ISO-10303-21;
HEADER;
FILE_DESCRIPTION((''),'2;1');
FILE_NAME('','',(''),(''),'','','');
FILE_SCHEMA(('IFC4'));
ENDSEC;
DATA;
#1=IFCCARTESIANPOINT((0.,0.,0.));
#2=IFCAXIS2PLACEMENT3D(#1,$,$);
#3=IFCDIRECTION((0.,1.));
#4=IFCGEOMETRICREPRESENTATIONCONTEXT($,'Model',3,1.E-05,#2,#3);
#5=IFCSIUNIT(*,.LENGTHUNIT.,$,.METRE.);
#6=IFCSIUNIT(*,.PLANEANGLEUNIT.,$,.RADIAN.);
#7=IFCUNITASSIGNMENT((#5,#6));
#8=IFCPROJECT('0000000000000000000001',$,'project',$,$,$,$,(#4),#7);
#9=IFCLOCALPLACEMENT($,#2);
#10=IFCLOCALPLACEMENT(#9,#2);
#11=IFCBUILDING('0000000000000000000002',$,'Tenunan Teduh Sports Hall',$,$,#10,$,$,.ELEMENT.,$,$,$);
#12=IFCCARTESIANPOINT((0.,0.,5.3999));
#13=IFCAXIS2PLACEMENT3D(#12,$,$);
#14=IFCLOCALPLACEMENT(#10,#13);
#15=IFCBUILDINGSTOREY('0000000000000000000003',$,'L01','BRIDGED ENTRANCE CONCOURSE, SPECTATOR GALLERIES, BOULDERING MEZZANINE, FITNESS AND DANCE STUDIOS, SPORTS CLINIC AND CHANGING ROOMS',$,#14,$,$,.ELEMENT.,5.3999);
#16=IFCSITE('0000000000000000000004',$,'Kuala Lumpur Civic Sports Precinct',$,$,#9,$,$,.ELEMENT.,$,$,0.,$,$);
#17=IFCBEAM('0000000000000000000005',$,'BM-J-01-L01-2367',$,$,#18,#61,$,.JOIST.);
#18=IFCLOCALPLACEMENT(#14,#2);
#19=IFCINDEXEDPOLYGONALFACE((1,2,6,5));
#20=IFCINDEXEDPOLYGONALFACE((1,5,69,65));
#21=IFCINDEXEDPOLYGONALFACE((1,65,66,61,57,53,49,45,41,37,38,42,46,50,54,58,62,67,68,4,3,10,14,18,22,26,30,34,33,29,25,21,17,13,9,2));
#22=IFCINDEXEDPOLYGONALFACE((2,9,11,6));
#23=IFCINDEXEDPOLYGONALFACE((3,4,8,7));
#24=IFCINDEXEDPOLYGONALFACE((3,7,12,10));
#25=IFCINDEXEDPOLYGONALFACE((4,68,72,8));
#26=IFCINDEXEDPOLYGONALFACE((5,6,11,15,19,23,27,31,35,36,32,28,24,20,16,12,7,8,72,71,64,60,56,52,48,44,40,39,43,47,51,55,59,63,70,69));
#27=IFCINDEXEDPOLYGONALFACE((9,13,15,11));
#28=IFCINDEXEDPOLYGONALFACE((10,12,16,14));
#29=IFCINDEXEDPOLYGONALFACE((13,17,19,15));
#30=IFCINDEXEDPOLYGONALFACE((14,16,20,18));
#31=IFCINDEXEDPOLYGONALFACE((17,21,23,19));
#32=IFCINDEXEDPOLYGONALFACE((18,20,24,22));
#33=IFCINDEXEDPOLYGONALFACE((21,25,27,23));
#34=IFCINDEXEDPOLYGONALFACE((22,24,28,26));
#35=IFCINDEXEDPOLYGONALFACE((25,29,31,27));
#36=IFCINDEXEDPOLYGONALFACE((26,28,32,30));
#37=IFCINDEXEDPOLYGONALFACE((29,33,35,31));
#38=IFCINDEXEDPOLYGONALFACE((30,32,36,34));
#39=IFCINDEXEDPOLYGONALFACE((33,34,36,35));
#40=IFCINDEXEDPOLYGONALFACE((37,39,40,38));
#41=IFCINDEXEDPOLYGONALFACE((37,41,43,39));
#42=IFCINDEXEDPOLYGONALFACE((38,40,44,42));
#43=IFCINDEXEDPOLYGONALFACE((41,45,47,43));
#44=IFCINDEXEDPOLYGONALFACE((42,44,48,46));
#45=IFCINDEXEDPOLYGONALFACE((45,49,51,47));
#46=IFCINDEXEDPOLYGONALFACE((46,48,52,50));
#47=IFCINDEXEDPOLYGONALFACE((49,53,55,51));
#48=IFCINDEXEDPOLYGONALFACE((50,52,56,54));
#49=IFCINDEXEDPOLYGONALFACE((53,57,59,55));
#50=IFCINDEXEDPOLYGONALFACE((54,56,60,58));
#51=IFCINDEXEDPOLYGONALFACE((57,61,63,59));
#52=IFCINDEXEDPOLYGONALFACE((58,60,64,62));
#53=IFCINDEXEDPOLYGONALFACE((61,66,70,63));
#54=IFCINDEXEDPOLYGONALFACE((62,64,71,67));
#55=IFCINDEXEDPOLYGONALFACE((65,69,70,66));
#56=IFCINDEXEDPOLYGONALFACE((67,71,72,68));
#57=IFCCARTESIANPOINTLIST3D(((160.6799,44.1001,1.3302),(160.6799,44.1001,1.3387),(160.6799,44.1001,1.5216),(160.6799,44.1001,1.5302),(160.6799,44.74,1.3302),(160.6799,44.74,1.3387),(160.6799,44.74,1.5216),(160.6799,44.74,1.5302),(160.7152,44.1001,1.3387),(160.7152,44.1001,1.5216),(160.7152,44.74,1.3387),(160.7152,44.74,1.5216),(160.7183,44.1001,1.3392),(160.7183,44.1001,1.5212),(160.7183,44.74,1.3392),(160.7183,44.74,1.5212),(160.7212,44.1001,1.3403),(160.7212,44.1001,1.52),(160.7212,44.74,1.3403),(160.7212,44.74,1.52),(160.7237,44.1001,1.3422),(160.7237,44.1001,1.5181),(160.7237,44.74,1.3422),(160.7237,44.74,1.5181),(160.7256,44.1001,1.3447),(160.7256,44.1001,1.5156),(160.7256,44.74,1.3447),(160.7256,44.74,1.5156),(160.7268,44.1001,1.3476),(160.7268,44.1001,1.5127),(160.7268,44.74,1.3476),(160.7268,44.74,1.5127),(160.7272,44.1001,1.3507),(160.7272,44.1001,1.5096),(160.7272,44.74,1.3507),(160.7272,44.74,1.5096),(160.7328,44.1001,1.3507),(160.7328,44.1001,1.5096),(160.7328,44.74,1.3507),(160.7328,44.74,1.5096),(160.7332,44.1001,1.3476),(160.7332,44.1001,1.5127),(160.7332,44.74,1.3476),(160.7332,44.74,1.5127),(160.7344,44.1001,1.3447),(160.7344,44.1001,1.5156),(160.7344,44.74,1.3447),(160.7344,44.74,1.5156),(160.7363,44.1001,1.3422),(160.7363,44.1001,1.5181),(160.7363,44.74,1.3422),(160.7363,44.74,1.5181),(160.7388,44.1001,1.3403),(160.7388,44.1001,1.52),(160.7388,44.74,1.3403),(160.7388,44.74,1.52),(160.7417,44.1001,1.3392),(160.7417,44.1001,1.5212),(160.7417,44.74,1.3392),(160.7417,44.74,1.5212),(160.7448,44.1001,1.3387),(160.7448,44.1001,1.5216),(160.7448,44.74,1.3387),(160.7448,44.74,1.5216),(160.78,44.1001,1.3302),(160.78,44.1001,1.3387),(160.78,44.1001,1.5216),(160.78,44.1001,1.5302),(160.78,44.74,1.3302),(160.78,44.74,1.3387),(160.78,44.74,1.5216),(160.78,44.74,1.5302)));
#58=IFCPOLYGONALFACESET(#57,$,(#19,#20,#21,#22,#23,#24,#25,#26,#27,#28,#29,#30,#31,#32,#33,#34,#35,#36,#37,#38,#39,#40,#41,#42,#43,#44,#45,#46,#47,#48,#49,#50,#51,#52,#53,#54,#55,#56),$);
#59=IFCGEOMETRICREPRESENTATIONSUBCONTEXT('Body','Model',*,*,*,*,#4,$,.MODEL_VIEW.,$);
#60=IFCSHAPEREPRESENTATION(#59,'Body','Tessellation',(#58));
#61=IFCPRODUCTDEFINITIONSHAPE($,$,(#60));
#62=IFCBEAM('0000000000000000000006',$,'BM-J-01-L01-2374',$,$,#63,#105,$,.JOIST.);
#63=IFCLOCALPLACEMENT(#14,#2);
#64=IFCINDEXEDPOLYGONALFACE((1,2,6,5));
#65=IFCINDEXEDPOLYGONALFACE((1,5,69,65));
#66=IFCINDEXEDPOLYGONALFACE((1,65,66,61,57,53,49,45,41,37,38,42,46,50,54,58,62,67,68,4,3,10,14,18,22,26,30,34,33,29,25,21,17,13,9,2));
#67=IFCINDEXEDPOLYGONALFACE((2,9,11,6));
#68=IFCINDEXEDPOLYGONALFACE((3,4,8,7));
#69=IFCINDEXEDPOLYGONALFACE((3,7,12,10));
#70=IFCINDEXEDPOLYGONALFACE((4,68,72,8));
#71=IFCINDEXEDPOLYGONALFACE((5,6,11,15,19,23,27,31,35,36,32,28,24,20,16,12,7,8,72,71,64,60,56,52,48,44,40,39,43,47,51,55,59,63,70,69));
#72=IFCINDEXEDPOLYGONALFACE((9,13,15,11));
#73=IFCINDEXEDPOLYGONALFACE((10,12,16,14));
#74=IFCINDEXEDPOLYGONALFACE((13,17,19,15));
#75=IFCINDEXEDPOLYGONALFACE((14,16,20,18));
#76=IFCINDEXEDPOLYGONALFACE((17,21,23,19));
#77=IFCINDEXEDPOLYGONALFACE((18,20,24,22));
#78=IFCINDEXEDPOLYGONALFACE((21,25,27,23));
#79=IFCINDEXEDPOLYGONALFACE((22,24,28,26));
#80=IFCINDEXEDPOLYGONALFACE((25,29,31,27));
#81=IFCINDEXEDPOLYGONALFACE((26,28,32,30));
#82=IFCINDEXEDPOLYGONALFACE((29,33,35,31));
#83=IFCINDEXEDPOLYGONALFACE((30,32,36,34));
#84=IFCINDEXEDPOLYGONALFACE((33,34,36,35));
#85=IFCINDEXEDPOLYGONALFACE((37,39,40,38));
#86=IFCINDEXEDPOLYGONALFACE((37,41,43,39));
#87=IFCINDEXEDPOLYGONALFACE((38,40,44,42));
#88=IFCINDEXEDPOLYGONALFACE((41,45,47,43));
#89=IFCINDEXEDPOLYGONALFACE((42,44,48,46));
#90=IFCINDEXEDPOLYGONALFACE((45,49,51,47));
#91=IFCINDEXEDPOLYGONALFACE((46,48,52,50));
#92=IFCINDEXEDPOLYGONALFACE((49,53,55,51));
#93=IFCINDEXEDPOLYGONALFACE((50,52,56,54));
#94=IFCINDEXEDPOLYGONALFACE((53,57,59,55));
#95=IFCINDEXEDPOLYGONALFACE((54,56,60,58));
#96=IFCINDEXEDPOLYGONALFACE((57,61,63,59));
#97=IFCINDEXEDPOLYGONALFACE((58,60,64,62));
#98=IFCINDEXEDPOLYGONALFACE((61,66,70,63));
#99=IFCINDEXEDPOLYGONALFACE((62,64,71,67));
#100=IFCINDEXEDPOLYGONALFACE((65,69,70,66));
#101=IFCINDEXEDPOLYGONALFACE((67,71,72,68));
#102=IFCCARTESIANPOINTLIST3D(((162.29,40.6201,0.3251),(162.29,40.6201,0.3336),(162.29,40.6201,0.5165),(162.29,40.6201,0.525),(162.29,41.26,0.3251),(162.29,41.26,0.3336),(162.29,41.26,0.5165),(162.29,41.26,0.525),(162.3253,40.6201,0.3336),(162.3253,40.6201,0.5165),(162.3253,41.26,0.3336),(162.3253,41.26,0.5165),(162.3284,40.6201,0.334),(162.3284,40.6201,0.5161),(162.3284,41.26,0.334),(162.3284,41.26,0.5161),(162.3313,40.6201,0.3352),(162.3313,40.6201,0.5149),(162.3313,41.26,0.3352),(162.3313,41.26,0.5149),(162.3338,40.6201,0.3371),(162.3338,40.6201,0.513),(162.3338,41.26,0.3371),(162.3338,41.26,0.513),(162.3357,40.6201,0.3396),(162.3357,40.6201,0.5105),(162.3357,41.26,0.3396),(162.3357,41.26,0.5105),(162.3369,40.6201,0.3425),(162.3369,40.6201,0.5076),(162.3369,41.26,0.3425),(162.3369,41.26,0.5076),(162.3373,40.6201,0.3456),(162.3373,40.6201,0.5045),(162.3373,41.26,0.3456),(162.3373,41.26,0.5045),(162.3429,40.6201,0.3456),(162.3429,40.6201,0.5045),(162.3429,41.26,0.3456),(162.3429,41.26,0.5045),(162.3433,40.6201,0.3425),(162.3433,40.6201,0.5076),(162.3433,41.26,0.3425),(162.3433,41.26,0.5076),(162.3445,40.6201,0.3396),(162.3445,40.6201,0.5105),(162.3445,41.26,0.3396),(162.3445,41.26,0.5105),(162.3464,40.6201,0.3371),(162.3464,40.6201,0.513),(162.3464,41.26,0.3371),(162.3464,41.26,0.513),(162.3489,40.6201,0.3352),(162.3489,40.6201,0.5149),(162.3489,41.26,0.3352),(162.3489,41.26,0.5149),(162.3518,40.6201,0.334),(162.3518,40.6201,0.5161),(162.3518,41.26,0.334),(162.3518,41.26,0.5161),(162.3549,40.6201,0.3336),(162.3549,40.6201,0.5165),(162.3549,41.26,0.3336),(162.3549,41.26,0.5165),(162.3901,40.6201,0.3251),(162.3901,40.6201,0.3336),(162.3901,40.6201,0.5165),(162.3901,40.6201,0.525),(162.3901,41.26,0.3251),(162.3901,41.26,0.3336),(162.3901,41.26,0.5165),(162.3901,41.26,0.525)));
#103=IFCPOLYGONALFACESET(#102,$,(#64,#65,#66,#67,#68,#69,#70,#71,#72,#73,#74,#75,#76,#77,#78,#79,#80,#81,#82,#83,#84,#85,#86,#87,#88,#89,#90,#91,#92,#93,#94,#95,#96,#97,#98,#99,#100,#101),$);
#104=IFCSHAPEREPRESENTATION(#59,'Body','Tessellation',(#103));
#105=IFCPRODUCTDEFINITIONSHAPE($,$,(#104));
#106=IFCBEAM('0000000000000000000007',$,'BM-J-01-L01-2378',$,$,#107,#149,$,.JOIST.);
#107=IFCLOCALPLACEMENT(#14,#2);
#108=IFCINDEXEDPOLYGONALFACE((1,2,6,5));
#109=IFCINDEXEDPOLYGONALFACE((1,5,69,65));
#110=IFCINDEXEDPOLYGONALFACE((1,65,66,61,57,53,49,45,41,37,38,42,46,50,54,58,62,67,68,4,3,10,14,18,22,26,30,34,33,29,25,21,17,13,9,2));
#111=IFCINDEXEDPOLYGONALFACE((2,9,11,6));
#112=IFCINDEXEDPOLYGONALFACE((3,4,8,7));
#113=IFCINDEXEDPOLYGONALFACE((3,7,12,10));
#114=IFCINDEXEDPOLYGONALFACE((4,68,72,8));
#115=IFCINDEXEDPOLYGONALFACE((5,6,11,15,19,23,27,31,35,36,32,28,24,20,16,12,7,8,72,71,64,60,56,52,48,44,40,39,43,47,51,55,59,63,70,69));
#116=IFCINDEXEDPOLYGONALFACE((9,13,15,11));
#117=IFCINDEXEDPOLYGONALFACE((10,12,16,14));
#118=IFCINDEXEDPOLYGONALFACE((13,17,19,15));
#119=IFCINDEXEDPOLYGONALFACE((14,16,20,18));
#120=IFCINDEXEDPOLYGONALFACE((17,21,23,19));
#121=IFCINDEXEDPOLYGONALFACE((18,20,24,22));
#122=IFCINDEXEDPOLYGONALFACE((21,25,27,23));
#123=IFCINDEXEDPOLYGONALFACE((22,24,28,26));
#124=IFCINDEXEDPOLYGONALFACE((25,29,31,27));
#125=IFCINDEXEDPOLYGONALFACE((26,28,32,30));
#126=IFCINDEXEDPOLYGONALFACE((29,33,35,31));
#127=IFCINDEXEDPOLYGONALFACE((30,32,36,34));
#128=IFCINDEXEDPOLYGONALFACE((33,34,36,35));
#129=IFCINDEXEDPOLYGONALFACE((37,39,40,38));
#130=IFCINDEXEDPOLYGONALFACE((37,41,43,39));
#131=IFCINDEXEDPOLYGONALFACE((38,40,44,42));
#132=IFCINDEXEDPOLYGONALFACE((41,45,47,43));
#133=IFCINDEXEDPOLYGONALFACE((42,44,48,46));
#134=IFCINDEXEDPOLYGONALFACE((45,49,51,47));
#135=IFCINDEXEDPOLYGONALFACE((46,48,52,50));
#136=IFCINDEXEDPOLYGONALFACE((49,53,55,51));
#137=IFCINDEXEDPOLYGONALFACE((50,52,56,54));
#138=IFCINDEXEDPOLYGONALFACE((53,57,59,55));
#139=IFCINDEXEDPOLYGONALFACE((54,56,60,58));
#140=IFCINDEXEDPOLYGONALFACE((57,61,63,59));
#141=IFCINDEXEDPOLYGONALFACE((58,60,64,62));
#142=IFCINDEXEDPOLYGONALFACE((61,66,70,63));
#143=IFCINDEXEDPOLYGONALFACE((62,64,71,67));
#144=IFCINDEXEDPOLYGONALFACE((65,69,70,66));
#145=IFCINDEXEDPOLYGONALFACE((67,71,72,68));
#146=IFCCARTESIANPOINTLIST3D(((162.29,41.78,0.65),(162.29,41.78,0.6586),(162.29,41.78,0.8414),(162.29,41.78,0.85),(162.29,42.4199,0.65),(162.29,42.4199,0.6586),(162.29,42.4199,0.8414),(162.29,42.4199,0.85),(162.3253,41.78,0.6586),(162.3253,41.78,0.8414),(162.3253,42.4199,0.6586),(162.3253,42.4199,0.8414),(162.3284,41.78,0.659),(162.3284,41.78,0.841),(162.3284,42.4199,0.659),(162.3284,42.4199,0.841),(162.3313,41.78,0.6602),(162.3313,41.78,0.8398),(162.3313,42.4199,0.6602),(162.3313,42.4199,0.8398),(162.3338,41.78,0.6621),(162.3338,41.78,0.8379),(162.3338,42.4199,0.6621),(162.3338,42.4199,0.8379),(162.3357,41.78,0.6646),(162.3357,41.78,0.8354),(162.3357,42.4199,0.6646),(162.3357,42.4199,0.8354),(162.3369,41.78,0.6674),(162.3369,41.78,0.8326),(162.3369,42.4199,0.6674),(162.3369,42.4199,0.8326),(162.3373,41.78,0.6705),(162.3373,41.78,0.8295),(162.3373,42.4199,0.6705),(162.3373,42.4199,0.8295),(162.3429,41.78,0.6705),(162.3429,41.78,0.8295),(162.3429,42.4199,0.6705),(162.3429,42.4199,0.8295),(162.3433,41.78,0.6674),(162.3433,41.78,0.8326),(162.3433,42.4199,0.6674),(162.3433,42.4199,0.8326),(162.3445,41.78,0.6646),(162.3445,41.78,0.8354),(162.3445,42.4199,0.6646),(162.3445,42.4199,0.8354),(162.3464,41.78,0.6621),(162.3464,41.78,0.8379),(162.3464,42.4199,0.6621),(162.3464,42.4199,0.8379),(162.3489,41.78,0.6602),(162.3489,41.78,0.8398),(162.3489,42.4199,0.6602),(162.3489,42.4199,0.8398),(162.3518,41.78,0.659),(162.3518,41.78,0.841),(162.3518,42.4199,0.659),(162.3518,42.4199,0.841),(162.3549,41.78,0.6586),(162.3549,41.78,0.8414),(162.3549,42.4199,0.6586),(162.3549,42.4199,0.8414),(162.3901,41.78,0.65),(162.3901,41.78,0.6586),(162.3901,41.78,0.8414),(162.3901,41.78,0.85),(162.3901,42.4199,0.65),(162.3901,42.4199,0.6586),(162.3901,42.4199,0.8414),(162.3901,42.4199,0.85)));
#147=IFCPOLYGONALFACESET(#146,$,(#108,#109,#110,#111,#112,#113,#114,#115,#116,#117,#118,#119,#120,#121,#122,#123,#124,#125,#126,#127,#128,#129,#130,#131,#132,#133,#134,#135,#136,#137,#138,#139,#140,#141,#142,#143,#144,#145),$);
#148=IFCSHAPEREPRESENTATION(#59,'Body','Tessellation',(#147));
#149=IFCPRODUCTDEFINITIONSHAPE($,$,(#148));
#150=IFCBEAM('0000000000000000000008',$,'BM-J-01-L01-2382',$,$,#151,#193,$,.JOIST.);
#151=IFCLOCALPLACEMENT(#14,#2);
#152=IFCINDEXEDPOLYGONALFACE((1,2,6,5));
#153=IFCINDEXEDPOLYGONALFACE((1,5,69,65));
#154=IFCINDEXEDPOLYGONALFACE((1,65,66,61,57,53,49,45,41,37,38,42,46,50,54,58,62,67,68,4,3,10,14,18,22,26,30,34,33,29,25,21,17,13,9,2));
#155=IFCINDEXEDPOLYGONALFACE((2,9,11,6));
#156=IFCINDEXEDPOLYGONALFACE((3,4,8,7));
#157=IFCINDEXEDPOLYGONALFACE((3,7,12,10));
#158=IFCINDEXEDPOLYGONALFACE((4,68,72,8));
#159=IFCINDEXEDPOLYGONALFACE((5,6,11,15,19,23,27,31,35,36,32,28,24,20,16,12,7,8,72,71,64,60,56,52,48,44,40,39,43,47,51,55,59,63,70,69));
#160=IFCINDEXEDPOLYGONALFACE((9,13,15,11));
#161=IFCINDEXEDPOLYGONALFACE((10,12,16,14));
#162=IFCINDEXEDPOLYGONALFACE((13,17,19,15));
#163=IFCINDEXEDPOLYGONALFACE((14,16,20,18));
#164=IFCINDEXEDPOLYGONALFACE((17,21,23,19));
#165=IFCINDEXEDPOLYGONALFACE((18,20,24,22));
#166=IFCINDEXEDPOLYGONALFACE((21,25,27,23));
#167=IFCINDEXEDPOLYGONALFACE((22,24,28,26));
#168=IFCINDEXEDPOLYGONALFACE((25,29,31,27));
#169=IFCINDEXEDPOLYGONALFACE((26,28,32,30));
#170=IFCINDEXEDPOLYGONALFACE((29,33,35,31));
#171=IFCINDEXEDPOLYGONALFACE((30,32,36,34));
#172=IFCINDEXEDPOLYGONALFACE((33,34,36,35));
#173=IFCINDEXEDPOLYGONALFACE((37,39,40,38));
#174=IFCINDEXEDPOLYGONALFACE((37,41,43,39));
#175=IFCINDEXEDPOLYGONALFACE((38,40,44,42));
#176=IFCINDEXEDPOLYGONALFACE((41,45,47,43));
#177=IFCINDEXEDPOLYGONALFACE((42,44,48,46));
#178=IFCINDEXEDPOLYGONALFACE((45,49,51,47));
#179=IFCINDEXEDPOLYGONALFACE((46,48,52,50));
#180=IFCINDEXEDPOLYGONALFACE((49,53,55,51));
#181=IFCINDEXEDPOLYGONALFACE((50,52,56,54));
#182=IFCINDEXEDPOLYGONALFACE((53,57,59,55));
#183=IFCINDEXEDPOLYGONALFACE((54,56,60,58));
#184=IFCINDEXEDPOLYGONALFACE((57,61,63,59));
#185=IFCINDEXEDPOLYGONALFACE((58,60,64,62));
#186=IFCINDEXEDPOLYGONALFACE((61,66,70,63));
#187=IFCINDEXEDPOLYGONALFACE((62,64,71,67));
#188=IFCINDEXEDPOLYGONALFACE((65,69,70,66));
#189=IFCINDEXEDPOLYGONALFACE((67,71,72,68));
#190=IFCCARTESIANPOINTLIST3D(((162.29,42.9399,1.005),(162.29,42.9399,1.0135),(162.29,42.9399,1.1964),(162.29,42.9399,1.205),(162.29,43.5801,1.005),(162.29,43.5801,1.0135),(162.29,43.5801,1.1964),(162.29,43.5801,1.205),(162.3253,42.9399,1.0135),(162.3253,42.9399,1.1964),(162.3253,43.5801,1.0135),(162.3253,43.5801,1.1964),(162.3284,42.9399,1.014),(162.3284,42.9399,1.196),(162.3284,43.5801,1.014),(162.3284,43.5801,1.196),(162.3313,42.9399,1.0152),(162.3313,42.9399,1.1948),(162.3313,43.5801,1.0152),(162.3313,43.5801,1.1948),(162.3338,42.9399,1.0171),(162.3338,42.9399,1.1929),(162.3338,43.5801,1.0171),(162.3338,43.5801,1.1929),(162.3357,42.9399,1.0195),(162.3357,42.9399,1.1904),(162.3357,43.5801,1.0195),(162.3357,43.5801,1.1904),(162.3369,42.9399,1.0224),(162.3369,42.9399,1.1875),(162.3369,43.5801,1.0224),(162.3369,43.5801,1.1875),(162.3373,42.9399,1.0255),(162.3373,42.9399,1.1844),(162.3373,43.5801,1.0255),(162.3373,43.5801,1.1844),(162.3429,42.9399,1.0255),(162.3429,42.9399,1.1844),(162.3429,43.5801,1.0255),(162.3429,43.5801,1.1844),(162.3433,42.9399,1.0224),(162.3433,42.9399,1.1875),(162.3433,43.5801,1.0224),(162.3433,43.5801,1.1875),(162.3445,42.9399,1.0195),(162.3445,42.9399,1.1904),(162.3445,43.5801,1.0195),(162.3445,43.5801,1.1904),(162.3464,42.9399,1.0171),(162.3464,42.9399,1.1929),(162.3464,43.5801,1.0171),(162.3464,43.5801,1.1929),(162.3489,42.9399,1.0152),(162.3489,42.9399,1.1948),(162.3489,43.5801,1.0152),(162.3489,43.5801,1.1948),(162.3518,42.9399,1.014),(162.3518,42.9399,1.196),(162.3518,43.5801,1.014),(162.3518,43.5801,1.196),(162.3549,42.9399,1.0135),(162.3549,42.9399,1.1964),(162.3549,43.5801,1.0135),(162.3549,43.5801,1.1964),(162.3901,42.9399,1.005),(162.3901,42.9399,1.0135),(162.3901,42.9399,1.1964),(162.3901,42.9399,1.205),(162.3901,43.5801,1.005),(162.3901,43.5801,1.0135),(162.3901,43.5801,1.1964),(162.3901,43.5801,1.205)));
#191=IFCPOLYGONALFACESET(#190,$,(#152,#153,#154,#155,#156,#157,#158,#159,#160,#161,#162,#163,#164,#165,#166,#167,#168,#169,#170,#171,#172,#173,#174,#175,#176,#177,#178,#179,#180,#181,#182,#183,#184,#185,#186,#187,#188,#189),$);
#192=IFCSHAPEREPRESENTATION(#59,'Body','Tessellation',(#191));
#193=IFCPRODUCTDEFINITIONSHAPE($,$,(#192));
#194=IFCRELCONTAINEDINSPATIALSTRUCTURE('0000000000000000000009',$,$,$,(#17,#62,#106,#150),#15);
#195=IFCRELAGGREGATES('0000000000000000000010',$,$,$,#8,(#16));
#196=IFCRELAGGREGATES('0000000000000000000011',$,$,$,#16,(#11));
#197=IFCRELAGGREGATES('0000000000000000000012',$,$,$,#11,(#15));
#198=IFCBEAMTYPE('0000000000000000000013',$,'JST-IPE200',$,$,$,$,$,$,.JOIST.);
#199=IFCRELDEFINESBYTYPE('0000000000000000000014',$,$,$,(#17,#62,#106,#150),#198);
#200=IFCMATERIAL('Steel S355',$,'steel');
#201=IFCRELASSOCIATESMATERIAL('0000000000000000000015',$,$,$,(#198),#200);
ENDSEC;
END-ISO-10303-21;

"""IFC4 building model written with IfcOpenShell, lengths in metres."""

from ifc_helpers import new_model, si_unit, direction, frame, origin, origin_2d, place, context, subcontext, project, spatial, i_section, extrude, material, material_profile, profile_set, type_object, element, save


model = new_model("IFC4")

# Units and contexts
model_context = context("Model", 3, precision=1e-05, world=origin(), true_north=direction((0.0, 1.0)))
body_context = subcontext(model_context, "Body", "Model", "MODEL_VIEW")
ifc_project = project(units=[si_unit("LENGTHUNIT", "METRE"), si_unit("PLANEANGLEUNIT", "RADIAN")], contexts=[model_context])

# Site, building, storey
site_placement = place(None, origin())
site = spatial("IfcSite", under=ifc_project, at=site_placement, Name="Kuala Lumpur Civic Sports Precinct", CompositionType="ELEMENT", RefElevation=0.0)
building_placement = place(site_placement, origin())
building = spatial("IfcBuilding", under=site, at=building_placement, Name="Tenunan Teduh Sports Hall", CompositionType="ELEMENT")
storey_placement = place(building_placement, frame((0.0, 0.0, 5.3999)))
storey = spatial("IfcBuildingStorey", under=building, at=storey_placement, Name="L01", Description="BRIDGED ENTRANCE CONCOURSE, SPECTATOR GALLERIES, BOULDERING MEZZANINE, FITNESS AND DANCE STUDIOS, SPORTS CLINIC AND CHANGING ROOMS", CompositionType="ELEMENT", Elevation=5.3999)

# Beams
ifc_material_1 = material(Name="Steel S355", Category="steel")
ifc_material_profile_1 = material_profile(ifc_material_1, i_section(OverallWidth=0.1001, OverallDepth=0.2, WebThickness=0.0056, FlangeThickness=0.0085, FilletRadius=0.012, at=origin_2d()), Name="IPE 200")
ifc_profile_set_1 = profile_set([ifc_material_profile_1], Name="Steel S355")
beam_type_1 = type_object("IfcBeamType", Name="JST-IPE200", PredefinedType="JOIST", material=ifc_profile_set_1)
for number, where, z_axis, x_axis, name in (
    (1, (160.73, 44.1001, 1.4302), (0.0, 1.0, 0.0), (-1.0, 0.0, 0.0), "BM-J-01-L01-2367"),
    (2, (162.3401, 40.6201, 0.425), (0.0, 1.0, 0.0), (-1.0, 0.0, 0.0), "BM-J-01-L01-2374"),
    (3, (162.3401, 41.78, 0.75), (0.0, 1.0, 0.0), (-1.0, 0.0, 0.0), "BM-J-01-L01-2378"),
):
    element("IfcBeam", number, at=place(storey_placement, frame(where, z_axis=z_axis, x_axis=x_axis)), inside=storey, type_object=beam_type_1, Name=name, PredefinedType="JOIST", context=body_context, shape_type="SweptSolid", body=[
        extrude(i_section(OverallWidth=0.1001, OverallDepth=0.2, WebThickness=0.0056, FlangeThickness=0.0085, FilletRadius=0.012, at=origin_2d()), origin(), (0.0, 0.0, 1.0), 0.6399),
    ])
beam_1_placement = place(storey_placement, frame((162.3401, 42.9399, 1.105), z_axis=(0.0, 1.0, 0.0), x_axis=(-1.0, 0.0, 0.0)))
element("IfcBeam", 4, at=beam_1_placement, inside=storey, type_object=beam_type_1, Name="BM-J-01-L01-2382", PredefinedType="JOIST", context=body_context, shape_type="SweptSolid", body=[
    extrude(i_section(OverallWidth=0.1001, OverallDepth=0.2, WebThickness=0.0056, FlangeThickness=0.0085, FilletRadius=0.012, at=origin_2d()), origin(), (0.0, 0.0, 1.0), 0.6401),
])

save(model, "model.ifc")
